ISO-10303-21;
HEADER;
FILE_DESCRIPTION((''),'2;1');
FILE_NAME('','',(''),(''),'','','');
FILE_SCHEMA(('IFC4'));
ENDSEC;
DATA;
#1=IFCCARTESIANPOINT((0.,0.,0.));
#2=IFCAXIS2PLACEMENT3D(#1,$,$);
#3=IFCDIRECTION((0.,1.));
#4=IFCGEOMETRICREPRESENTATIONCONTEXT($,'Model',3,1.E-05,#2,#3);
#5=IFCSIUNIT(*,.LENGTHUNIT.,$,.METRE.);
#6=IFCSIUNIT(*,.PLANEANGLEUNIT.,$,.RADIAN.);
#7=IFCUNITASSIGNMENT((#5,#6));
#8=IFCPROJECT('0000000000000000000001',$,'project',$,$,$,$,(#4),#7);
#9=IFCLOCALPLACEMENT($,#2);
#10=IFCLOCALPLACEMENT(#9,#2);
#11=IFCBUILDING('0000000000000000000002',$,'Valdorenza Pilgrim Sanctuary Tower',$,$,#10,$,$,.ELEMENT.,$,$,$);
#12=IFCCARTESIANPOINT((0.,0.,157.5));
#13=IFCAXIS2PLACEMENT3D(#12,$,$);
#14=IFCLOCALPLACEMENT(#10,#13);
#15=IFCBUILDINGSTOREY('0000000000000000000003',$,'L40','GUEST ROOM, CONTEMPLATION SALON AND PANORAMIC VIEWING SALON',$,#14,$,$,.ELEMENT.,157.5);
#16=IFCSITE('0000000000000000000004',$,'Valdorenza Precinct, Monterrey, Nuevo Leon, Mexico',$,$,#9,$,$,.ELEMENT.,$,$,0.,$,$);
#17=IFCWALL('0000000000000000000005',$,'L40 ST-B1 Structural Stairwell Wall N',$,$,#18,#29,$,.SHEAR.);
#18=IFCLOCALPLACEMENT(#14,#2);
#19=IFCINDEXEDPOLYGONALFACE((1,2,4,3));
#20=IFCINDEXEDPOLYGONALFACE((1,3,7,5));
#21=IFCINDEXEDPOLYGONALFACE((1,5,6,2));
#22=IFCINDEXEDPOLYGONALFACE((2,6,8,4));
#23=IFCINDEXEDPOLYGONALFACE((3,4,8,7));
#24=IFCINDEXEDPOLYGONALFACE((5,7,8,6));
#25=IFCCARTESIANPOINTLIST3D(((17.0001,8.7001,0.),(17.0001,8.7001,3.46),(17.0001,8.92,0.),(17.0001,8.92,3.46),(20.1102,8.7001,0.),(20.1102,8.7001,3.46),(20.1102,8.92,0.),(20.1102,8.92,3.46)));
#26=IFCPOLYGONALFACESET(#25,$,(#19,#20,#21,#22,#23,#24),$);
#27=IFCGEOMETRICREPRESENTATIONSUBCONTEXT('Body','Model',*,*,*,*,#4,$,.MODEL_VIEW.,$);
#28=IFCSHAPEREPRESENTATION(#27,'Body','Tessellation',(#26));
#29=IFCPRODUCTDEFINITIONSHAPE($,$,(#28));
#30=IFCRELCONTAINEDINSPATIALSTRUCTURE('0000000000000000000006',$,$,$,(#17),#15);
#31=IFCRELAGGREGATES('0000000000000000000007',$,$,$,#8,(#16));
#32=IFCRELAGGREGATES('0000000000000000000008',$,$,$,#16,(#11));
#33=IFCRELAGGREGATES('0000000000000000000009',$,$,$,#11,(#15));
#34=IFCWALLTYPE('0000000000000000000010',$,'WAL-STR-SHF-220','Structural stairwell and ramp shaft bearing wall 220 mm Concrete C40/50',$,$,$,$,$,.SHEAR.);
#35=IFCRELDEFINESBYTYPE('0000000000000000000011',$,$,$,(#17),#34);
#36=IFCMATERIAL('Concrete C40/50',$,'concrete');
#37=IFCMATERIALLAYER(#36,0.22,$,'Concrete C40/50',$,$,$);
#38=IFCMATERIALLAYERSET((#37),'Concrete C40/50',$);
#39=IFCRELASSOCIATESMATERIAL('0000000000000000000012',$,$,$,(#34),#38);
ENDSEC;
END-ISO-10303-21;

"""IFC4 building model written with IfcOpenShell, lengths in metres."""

from ifc_helpers import new_model, si_unit, direction, frame, frame_2d, origin, place, context, subcontext, project, spatial, rectangle, extrude, material, layer, layer_set, type_object, element, save


model = new_model("IFC4")

# Units and contexts
model_context = context("Model", 3, precision=1e-05, world=origin(), true_north=direction((0.0, 1.0)))
body_context = subcontext(model_context, "Body", "Model", "MODEL_VIEW")
ifc_project = project(units=[si_unit("LENGTHUNIT", "METRE"), si_unit("PLANEANGLEUNIT", "RADIAN")], contexts=[model_context])

# Site, building, storey
site_placement = place(None, origin())
site = spatial("IfcSite", under=ifc_project, at=site_placement, Name="Valdorenza Precinct, Monterrey, Nuevo Leon, Mexico", CompositionType="ELEMENT", RefElevation=0.0)
building_placement = place(site_placement, origin())
building = spatial("IfcBuilding", under=site, at=building_placement, Name="Valdorenza Pilgrim Sanctuary Tower", CompositionType="ELEMENT")
storey_placement = place(building_placement, frame((0.0, 0.0, 157.5)))
storey = spatial("IfcBuildingStorey", under=building, at=storey_placement, Name="L40", Description="GUEST ROOM, CONTEMPLATION SALON AND PANORAMIC VIEWING SALON", CompositionType="ELEMENT", Elevation=157.5)

# Wall
ifc_material_1 = material(Name="Concrete C40/50", Category="concrete")
ifc_layer_1 = layer(ifc_material_1, 0.22, Name="Concrete C40/50")
ifc_layer_set_1 = layer_set([ifc_layer_1], Name="Concrete C40/50")
wall_type_1 = type_object("IfcWallType", Name="WAL-STR-SHF-220", Description="Structural stairwell and ramp shaft bearing wall 220 mm Concrete C40/50", PredefinedType="SHEAR", material=ifc_layer_set_1)
wall_1_placement = place(storey_placement, frame((17.0, 8.8101, 0.0), z_axis=(0.0, 0.0, 1.0), x_axis=(1.0, 0.0, 0.0)))
element("IfcWall", 1, at=wall_1_placement, inside=storey, type_object=wall_type_1, Name="L40 ST-B1 Structural Stairwell Wall N", PredefinedType="SHEAR", context=body_context, shape_type="SweptSolid", body=[
    extrude(rectangle(XDim=3.1101, YDim=0.22, at=frame_2d((1.5552, 0.0))), origin(), (0.0, 0.0, 1.0), 3.46),
])

save(model, "model.ifc")
